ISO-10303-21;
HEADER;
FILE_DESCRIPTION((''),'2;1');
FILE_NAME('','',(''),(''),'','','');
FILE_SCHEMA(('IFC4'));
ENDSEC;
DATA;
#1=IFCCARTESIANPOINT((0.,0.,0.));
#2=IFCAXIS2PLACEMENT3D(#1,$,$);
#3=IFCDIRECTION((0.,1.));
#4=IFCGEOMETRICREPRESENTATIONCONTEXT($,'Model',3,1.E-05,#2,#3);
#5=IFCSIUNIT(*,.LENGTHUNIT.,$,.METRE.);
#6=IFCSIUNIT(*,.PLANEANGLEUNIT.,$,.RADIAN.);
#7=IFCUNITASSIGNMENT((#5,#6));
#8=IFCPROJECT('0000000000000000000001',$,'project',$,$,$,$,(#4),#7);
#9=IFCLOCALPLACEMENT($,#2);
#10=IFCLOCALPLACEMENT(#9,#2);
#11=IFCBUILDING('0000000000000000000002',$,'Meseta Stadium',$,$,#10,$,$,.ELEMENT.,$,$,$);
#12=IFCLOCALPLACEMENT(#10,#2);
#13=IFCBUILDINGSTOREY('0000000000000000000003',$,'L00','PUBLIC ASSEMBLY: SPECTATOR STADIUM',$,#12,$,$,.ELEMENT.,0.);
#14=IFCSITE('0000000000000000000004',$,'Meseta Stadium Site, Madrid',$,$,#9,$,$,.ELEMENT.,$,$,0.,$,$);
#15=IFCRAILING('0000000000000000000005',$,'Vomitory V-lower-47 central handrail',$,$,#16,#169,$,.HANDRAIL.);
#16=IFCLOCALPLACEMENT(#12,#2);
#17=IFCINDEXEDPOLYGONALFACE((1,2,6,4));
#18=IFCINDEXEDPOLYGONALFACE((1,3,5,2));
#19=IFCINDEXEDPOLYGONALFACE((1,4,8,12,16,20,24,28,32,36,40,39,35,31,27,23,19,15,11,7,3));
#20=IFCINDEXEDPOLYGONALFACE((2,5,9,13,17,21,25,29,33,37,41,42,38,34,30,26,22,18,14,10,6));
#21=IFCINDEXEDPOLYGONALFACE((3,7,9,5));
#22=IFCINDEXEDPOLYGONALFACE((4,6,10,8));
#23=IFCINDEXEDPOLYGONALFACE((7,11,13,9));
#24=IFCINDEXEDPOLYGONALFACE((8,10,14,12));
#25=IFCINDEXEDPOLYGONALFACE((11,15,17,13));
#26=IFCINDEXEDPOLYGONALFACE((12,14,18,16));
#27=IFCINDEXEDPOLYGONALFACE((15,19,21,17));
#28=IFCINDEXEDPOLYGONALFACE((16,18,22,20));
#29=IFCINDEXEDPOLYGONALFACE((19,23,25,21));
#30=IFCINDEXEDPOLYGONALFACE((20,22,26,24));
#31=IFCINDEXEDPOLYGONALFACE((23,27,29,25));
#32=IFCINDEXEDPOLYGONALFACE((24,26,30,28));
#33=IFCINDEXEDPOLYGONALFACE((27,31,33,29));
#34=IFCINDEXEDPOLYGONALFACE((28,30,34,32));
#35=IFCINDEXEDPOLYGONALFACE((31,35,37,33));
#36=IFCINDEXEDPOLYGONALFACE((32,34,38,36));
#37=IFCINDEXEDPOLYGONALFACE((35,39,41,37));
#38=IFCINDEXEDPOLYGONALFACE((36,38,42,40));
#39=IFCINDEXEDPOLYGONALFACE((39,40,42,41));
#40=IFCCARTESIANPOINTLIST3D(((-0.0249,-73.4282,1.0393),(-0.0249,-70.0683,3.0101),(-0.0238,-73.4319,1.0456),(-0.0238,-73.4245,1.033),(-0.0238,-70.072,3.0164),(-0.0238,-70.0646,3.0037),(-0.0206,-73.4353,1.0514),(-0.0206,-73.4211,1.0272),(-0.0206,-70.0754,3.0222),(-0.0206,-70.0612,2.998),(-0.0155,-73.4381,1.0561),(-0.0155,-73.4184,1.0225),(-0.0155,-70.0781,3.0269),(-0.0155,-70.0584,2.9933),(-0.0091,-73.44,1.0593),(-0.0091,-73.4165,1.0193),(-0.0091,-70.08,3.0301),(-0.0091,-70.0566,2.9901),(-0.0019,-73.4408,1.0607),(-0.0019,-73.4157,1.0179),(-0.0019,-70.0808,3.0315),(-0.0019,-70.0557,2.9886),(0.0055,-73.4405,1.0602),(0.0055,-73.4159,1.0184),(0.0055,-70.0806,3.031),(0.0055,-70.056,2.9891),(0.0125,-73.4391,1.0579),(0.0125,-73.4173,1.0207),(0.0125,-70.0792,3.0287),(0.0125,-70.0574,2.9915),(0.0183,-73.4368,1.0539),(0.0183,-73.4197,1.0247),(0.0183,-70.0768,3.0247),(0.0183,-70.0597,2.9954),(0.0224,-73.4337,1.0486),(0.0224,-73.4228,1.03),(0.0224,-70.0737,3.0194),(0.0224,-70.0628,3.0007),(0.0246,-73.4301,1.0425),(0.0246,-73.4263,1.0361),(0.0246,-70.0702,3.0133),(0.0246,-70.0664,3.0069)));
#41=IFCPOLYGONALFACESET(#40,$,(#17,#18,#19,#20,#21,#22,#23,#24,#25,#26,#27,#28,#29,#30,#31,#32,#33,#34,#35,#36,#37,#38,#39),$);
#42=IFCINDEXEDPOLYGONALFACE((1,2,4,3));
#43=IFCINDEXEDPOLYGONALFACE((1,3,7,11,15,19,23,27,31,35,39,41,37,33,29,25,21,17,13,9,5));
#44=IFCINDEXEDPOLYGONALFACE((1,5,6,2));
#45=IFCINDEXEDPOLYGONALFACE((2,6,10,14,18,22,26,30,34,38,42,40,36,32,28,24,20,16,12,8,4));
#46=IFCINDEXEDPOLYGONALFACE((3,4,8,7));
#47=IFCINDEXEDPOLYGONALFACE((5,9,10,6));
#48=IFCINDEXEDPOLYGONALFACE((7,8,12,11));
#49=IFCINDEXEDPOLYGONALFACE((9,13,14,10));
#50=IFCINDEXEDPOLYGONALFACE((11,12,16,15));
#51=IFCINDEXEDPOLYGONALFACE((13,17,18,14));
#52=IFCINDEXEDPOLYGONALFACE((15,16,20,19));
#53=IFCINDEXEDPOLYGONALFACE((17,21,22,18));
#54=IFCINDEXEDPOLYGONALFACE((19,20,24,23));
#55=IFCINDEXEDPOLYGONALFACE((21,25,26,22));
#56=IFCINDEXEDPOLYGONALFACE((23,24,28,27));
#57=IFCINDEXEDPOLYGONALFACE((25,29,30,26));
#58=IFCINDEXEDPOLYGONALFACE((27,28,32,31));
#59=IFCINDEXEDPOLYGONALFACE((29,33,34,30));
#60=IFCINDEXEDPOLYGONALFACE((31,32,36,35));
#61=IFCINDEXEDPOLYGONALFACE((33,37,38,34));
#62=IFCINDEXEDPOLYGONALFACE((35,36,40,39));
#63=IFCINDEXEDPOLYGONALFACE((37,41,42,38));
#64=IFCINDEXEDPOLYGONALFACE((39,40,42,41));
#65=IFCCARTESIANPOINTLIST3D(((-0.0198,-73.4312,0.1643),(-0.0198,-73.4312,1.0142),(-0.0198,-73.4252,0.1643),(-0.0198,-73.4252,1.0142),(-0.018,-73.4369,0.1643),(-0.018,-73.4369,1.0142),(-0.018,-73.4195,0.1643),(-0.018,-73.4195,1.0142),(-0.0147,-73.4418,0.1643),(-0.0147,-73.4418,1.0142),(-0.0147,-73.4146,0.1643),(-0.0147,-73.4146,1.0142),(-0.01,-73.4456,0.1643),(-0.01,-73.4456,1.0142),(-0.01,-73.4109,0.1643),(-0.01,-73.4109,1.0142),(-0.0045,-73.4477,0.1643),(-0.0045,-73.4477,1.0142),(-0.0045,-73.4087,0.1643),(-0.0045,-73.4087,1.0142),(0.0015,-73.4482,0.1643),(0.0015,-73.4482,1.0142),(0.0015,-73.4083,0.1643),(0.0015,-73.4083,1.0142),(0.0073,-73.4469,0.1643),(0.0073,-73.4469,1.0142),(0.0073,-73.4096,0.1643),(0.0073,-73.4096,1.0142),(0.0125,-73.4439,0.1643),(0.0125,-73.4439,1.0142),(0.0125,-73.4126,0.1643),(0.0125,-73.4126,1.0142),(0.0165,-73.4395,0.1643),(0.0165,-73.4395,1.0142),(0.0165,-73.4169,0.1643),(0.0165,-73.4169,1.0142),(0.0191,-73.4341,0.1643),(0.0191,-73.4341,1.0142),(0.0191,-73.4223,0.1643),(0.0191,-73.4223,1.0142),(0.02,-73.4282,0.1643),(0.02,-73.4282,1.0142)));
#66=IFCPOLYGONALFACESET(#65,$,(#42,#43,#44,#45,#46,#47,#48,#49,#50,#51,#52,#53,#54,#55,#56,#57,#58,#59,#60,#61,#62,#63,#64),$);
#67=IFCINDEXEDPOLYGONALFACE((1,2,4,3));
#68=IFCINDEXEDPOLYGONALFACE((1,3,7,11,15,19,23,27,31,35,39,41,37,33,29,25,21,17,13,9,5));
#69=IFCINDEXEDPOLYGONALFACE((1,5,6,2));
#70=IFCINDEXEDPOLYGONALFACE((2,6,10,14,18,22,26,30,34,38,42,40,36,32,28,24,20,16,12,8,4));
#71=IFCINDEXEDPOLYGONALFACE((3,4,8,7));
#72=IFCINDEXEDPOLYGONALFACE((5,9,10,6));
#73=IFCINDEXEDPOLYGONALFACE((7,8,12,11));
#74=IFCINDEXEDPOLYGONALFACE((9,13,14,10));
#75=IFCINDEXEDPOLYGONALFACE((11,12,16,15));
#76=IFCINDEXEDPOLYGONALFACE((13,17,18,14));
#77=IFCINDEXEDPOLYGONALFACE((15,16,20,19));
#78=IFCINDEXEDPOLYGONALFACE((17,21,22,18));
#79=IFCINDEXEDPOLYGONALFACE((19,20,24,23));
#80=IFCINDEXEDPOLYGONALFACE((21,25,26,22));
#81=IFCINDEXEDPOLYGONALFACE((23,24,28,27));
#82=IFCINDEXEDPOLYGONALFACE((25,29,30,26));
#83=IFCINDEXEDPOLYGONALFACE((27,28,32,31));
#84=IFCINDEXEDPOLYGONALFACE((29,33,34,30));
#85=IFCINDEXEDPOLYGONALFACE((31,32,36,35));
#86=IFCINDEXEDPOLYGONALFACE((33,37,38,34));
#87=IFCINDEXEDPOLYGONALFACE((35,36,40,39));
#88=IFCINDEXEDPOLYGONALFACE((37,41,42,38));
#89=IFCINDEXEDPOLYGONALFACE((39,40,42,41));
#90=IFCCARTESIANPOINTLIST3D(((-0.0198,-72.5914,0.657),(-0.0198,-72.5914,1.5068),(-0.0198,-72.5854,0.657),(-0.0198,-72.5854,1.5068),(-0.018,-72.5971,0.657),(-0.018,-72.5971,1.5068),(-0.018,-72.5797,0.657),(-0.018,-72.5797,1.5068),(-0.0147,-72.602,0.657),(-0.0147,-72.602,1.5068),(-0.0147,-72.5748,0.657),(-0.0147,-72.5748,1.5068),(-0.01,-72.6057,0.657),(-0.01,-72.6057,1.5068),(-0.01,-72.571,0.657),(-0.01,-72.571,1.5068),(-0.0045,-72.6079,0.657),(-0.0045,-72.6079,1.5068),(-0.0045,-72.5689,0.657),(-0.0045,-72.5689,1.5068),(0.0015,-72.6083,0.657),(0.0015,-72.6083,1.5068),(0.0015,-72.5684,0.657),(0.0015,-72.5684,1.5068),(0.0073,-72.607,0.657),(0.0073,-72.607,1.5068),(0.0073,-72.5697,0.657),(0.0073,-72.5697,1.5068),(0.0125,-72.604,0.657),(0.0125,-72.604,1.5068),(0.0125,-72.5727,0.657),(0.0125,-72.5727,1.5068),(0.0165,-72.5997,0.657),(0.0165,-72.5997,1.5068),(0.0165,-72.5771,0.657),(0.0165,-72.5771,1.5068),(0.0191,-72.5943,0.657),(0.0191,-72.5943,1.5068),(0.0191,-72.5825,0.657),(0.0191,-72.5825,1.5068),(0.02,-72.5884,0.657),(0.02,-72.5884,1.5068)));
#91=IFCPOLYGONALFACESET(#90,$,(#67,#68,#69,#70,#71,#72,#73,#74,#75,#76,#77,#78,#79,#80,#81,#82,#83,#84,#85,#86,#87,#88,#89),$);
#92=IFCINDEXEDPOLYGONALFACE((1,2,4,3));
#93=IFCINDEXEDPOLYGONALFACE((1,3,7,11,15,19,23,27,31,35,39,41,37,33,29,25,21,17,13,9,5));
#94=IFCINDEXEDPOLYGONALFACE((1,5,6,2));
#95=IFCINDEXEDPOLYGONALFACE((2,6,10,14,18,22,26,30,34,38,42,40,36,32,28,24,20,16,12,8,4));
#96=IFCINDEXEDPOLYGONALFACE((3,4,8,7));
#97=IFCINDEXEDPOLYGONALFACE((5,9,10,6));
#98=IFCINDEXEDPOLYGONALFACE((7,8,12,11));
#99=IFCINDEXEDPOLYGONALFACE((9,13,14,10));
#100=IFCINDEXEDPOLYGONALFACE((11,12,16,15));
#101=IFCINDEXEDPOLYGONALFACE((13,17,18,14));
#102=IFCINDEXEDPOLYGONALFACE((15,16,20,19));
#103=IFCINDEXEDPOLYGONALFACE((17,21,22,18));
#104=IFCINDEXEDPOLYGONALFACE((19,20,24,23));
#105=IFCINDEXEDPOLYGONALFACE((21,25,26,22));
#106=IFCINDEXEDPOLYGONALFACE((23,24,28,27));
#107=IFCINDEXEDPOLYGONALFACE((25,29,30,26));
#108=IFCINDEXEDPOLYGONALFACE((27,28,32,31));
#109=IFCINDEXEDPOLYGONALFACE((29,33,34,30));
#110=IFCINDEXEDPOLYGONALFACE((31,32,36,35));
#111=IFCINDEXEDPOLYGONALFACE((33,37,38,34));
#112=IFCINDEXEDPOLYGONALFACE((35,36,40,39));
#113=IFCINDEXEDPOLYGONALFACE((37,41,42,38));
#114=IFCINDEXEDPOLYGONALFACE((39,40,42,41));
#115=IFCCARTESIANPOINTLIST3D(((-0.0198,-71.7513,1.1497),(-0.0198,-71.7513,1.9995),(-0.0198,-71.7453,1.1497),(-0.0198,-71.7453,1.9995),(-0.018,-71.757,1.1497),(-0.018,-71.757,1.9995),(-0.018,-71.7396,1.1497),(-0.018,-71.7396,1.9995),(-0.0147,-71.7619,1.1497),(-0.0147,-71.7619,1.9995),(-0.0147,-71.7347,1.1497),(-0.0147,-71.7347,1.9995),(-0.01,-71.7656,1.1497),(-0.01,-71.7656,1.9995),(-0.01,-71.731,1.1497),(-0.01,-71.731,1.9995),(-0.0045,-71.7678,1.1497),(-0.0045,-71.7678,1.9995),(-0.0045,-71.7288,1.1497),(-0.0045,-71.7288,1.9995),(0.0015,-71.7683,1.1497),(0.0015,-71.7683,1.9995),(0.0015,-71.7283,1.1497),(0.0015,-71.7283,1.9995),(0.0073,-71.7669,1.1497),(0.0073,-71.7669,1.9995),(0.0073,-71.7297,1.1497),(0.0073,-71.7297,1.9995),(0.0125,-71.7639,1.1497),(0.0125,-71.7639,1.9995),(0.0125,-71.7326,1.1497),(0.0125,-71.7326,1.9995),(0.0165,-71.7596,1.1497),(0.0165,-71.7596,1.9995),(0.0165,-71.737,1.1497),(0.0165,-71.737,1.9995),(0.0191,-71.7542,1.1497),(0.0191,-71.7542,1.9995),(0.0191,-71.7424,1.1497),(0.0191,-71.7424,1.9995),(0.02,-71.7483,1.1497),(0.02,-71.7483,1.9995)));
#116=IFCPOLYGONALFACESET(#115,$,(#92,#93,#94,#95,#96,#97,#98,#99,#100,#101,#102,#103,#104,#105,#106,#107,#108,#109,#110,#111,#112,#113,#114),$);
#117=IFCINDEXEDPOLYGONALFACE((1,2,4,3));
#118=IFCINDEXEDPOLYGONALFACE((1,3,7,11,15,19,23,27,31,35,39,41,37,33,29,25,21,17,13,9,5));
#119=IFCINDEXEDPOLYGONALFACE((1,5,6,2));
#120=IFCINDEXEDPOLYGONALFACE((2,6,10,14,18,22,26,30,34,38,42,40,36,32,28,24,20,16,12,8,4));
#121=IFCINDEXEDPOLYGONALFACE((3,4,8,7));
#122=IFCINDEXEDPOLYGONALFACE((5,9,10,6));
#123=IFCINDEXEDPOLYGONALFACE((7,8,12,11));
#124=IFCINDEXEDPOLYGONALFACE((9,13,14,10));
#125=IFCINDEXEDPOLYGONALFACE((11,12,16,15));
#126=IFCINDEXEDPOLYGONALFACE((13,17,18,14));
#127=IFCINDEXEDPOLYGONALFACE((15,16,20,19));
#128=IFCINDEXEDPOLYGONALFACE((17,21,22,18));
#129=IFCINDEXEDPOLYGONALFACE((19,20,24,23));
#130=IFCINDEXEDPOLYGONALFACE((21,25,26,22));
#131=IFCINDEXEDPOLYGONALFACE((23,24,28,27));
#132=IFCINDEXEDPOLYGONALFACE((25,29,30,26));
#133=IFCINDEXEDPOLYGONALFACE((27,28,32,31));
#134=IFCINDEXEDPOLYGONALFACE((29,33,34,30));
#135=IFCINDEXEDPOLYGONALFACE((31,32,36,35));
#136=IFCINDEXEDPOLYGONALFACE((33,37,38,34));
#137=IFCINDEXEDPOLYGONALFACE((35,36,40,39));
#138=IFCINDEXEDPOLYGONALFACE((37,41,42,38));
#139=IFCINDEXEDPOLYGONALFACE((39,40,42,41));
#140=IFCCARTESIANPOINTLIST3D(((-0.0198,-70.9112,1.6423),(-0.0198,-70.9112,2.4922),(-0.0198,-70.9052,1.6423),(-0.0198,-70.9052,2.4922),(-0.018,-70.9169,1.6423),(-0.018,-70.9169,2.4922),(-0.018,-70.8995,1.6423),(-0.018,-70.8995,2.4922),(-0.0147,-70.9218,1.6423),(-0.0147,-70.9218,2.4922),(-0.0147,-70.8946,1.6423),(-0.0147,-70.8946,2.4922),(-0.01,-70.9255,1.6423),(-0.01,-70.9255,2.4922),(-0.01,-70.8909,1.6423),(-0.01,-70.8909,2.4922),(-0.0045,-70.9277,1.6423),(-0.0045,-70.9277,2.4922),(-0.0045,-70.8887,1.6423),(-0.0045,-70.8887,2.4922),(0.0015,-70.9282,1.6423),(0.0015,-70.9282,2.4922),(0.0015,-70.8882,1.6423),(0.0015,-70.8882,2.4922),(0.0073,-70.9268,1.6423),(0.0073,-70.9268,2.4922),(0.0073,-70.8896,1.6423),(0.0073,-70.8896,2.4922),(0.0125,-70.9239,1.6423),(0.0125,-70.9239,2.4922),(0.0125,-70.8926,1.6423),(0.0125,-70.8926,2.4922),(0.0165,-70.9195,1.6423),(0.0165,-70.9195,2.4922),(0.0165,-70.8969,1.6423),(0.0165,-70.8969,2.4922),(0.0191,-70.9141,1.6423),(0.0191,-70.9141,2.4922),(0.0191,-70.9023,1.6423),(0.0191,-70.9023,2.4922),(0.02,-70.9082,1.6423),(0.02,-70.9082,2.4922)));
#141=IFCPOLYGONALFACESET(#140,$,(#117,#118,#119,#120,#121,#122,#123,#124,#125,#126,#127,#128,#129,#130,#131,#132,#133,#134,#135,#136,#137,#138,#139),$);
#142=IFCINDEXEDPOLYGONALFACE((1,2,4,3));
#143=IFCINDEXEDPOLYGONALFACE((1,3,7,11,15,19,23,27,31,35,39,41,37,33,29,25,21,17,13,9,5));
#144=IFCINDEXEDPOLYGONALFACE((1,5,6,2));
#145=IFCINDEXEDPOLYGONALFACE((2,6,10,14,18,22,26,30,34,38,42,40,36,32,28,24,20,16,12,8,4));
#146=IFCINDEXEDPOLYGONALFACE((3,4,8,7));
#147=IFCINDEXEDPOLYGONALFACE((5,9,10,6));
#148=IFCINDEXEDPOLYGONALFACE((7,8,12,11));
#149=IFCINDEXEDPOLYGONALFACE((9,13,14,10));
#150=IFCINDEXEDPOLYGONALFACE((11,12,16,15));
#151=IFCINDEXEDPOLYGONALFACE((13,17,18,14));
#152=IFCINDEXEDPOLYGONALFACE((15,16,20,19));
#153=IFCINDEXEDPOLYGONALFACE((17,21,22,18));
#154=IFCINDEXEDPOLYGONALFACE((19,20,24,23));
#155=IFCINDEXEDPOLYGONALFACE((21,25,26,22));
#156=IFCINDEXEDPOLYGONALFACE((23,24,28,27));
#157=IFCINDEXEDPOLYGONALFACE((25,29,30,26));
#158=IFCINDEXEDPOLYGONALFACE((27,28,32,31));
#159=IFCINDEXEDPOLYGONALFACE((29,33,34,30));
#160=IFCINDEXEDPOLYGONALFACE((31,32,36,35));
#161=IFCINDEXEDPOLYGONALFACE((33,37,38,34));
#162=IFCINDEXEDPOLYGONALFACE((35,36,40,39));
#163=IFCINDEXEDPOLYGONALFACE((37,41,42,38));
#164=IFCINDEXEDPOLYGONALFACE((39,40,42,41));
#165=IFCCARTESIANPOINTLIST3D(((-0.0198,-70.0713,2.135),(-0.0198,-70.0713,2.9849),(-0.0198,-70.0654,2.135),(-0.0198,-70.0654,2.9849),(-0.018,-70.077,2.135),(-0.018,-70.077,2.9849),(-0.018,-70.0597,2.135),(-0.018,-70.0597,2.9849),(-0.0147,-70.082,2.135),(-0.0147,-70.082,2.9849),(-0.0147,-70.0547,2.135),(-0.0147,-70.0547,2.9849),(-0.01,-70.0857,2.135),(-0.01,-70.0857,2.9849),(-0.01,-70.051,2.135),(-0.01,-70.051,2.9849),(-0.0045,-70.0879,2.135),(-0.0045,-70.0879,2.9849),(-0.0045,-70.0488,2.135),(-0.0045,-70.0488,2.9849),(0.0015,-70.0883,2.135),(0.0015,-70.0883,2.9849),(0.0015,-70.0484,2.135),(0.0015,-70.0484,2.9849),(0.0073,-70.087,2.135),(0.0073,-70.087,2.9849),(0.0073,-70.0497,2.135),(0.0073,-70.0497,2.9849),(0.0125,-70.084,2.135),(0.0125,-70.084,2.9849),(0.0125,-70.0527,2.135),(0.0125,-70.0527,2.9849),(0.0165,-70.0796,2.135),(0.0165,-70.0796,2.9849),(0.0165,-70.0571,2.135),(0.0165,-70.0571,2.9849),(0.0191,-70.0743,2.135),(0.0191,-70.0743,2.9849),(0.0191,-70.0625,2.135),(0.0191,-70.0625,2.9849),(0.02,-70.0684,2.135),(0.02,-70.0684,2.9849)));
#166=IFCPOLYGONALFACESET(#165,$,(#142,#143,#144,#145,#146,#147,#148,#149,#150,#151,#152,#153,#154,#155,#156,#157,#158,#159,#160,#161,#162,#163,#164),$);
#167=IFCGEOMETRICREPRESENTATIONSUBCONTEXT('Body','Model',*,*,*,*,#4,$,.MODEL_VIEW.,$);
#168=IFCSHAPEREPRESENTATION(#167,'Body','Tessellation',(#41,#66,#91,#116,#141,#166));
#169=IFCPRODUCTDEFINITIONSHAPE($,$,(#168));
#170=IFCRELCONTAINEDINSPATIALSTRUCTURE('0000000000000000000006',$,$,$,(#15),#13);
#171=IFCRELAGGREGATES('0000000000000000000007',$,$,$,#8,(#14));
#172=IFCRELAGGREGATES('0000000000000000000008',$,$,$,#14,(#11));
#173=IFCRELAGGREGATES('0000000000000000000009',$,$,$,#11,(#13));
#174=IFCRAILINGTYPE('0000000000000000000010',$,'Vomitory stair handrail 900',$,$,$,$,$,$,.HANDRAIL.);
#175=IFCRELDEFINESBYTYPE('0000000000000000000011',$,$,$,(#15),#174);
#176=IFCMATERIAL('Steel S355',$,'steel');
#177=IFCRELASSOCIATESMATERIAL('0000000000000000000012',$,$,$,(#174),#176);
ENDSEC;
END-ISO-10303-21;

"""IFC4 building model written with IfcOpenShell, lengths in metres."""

from ifc_helpers import new_model, si_unit, direction, frame, origin, origin_2d, place, context, subcontext, project, spatial, circle, extrude, material, type_object, element, save


model = new_model("IFC4")

# Units and contexts
model_context = context("Model", 3, precision=1e-05, world=origin(), true_north=direction((0.0, 1.0)))
body_context = subcontext(model_context, "Body", "Model", "MODEL_VIEW")
ifc_project = project(units=[si_unit("LENGTHUNIT", "METRE"), si_unit("PLANEANGLEUNIT", "RADIAN")], contexts=[model_context])

# Site, building, storey
site_placement = place(None, origin())
site = spatial("IfcSite", under=ifc_project, at=site_placement, Name="Meseta Stadium Site, Madrid", CompositionType="ELEMENT", RefElevation=0.0)
building_placement = place(site_placement, origin())
building = spatial("IfcBuilding", under=site, at=building_placement, Name="Meseta Stadium", CompositionType="ELEMENT")
storey_placement = place(building_placement, origin())
storey = spatial("IfcBuildingStorey", under=building, at=storey_placement, Name="L00", Description="PUBLIC ASSEMBLY: SPECTATOR STADIUM", CompositionType="ELEMENT", Elevation=0.0)

# Railing
ifc_material_1 = material(Name="Steel S355", Category="steel")
railing_type_1 = type_object("IfcRailingType", Name="Vomitory stair handrail 900", PredefinedType="HANDRAIL", material=ifc_material_1)
railing_1_placement = place(storey_placement, frame((0.0, -73.4282, 0.1643)))
element("IfcRailing", 1, at=railing_1_placement, inside=storey, type_object=railing_type_1, Name="Vomitory V-lower-47 central handrail", PredefinedType="HANDRAIL", context=body_context, shape_type="SweptSolid", body=[
    extrude(circle(Radius=0.0249, at=origin_2d()), frame((0.0, 0.0, 0.875), z_axis=(0.0, 0.862572, 0.505935), x_axis=(-1.0, 0.0, 0.0)), (0.0, 0.0, 1.0), 3.8953),
    extrude(circle(Radius=0.02, at=origin_2d()), origin(), (0.0, 0.0, 1.0), 0.8499),
    extrude(circle(Radius=0.02, at=origin_2d()), frame((0.0, 0.8398, 0.4927)), (0.0, 0.0, 1.0), 0.8499),
    extrude(circle(Radius=0.02, at=origin_2d()), frame((0.0, 1.6799, 0.9854)), (0.0, 0.0, 1.0), 0.8499),
    extrude(circle(Radius=0.02, at=origin_2d()), frame((0.0, 2.52, 1.478)), (0.0, 0.0, 1.0), 0.8499),
    extrude(circle(Radius=0.02, at=origin_2d()), frame((0.0, 3.3599, 1.9707)), (0.0, 0.0, 1.0), 0.8499),
])

save(model, "model.ifc")
